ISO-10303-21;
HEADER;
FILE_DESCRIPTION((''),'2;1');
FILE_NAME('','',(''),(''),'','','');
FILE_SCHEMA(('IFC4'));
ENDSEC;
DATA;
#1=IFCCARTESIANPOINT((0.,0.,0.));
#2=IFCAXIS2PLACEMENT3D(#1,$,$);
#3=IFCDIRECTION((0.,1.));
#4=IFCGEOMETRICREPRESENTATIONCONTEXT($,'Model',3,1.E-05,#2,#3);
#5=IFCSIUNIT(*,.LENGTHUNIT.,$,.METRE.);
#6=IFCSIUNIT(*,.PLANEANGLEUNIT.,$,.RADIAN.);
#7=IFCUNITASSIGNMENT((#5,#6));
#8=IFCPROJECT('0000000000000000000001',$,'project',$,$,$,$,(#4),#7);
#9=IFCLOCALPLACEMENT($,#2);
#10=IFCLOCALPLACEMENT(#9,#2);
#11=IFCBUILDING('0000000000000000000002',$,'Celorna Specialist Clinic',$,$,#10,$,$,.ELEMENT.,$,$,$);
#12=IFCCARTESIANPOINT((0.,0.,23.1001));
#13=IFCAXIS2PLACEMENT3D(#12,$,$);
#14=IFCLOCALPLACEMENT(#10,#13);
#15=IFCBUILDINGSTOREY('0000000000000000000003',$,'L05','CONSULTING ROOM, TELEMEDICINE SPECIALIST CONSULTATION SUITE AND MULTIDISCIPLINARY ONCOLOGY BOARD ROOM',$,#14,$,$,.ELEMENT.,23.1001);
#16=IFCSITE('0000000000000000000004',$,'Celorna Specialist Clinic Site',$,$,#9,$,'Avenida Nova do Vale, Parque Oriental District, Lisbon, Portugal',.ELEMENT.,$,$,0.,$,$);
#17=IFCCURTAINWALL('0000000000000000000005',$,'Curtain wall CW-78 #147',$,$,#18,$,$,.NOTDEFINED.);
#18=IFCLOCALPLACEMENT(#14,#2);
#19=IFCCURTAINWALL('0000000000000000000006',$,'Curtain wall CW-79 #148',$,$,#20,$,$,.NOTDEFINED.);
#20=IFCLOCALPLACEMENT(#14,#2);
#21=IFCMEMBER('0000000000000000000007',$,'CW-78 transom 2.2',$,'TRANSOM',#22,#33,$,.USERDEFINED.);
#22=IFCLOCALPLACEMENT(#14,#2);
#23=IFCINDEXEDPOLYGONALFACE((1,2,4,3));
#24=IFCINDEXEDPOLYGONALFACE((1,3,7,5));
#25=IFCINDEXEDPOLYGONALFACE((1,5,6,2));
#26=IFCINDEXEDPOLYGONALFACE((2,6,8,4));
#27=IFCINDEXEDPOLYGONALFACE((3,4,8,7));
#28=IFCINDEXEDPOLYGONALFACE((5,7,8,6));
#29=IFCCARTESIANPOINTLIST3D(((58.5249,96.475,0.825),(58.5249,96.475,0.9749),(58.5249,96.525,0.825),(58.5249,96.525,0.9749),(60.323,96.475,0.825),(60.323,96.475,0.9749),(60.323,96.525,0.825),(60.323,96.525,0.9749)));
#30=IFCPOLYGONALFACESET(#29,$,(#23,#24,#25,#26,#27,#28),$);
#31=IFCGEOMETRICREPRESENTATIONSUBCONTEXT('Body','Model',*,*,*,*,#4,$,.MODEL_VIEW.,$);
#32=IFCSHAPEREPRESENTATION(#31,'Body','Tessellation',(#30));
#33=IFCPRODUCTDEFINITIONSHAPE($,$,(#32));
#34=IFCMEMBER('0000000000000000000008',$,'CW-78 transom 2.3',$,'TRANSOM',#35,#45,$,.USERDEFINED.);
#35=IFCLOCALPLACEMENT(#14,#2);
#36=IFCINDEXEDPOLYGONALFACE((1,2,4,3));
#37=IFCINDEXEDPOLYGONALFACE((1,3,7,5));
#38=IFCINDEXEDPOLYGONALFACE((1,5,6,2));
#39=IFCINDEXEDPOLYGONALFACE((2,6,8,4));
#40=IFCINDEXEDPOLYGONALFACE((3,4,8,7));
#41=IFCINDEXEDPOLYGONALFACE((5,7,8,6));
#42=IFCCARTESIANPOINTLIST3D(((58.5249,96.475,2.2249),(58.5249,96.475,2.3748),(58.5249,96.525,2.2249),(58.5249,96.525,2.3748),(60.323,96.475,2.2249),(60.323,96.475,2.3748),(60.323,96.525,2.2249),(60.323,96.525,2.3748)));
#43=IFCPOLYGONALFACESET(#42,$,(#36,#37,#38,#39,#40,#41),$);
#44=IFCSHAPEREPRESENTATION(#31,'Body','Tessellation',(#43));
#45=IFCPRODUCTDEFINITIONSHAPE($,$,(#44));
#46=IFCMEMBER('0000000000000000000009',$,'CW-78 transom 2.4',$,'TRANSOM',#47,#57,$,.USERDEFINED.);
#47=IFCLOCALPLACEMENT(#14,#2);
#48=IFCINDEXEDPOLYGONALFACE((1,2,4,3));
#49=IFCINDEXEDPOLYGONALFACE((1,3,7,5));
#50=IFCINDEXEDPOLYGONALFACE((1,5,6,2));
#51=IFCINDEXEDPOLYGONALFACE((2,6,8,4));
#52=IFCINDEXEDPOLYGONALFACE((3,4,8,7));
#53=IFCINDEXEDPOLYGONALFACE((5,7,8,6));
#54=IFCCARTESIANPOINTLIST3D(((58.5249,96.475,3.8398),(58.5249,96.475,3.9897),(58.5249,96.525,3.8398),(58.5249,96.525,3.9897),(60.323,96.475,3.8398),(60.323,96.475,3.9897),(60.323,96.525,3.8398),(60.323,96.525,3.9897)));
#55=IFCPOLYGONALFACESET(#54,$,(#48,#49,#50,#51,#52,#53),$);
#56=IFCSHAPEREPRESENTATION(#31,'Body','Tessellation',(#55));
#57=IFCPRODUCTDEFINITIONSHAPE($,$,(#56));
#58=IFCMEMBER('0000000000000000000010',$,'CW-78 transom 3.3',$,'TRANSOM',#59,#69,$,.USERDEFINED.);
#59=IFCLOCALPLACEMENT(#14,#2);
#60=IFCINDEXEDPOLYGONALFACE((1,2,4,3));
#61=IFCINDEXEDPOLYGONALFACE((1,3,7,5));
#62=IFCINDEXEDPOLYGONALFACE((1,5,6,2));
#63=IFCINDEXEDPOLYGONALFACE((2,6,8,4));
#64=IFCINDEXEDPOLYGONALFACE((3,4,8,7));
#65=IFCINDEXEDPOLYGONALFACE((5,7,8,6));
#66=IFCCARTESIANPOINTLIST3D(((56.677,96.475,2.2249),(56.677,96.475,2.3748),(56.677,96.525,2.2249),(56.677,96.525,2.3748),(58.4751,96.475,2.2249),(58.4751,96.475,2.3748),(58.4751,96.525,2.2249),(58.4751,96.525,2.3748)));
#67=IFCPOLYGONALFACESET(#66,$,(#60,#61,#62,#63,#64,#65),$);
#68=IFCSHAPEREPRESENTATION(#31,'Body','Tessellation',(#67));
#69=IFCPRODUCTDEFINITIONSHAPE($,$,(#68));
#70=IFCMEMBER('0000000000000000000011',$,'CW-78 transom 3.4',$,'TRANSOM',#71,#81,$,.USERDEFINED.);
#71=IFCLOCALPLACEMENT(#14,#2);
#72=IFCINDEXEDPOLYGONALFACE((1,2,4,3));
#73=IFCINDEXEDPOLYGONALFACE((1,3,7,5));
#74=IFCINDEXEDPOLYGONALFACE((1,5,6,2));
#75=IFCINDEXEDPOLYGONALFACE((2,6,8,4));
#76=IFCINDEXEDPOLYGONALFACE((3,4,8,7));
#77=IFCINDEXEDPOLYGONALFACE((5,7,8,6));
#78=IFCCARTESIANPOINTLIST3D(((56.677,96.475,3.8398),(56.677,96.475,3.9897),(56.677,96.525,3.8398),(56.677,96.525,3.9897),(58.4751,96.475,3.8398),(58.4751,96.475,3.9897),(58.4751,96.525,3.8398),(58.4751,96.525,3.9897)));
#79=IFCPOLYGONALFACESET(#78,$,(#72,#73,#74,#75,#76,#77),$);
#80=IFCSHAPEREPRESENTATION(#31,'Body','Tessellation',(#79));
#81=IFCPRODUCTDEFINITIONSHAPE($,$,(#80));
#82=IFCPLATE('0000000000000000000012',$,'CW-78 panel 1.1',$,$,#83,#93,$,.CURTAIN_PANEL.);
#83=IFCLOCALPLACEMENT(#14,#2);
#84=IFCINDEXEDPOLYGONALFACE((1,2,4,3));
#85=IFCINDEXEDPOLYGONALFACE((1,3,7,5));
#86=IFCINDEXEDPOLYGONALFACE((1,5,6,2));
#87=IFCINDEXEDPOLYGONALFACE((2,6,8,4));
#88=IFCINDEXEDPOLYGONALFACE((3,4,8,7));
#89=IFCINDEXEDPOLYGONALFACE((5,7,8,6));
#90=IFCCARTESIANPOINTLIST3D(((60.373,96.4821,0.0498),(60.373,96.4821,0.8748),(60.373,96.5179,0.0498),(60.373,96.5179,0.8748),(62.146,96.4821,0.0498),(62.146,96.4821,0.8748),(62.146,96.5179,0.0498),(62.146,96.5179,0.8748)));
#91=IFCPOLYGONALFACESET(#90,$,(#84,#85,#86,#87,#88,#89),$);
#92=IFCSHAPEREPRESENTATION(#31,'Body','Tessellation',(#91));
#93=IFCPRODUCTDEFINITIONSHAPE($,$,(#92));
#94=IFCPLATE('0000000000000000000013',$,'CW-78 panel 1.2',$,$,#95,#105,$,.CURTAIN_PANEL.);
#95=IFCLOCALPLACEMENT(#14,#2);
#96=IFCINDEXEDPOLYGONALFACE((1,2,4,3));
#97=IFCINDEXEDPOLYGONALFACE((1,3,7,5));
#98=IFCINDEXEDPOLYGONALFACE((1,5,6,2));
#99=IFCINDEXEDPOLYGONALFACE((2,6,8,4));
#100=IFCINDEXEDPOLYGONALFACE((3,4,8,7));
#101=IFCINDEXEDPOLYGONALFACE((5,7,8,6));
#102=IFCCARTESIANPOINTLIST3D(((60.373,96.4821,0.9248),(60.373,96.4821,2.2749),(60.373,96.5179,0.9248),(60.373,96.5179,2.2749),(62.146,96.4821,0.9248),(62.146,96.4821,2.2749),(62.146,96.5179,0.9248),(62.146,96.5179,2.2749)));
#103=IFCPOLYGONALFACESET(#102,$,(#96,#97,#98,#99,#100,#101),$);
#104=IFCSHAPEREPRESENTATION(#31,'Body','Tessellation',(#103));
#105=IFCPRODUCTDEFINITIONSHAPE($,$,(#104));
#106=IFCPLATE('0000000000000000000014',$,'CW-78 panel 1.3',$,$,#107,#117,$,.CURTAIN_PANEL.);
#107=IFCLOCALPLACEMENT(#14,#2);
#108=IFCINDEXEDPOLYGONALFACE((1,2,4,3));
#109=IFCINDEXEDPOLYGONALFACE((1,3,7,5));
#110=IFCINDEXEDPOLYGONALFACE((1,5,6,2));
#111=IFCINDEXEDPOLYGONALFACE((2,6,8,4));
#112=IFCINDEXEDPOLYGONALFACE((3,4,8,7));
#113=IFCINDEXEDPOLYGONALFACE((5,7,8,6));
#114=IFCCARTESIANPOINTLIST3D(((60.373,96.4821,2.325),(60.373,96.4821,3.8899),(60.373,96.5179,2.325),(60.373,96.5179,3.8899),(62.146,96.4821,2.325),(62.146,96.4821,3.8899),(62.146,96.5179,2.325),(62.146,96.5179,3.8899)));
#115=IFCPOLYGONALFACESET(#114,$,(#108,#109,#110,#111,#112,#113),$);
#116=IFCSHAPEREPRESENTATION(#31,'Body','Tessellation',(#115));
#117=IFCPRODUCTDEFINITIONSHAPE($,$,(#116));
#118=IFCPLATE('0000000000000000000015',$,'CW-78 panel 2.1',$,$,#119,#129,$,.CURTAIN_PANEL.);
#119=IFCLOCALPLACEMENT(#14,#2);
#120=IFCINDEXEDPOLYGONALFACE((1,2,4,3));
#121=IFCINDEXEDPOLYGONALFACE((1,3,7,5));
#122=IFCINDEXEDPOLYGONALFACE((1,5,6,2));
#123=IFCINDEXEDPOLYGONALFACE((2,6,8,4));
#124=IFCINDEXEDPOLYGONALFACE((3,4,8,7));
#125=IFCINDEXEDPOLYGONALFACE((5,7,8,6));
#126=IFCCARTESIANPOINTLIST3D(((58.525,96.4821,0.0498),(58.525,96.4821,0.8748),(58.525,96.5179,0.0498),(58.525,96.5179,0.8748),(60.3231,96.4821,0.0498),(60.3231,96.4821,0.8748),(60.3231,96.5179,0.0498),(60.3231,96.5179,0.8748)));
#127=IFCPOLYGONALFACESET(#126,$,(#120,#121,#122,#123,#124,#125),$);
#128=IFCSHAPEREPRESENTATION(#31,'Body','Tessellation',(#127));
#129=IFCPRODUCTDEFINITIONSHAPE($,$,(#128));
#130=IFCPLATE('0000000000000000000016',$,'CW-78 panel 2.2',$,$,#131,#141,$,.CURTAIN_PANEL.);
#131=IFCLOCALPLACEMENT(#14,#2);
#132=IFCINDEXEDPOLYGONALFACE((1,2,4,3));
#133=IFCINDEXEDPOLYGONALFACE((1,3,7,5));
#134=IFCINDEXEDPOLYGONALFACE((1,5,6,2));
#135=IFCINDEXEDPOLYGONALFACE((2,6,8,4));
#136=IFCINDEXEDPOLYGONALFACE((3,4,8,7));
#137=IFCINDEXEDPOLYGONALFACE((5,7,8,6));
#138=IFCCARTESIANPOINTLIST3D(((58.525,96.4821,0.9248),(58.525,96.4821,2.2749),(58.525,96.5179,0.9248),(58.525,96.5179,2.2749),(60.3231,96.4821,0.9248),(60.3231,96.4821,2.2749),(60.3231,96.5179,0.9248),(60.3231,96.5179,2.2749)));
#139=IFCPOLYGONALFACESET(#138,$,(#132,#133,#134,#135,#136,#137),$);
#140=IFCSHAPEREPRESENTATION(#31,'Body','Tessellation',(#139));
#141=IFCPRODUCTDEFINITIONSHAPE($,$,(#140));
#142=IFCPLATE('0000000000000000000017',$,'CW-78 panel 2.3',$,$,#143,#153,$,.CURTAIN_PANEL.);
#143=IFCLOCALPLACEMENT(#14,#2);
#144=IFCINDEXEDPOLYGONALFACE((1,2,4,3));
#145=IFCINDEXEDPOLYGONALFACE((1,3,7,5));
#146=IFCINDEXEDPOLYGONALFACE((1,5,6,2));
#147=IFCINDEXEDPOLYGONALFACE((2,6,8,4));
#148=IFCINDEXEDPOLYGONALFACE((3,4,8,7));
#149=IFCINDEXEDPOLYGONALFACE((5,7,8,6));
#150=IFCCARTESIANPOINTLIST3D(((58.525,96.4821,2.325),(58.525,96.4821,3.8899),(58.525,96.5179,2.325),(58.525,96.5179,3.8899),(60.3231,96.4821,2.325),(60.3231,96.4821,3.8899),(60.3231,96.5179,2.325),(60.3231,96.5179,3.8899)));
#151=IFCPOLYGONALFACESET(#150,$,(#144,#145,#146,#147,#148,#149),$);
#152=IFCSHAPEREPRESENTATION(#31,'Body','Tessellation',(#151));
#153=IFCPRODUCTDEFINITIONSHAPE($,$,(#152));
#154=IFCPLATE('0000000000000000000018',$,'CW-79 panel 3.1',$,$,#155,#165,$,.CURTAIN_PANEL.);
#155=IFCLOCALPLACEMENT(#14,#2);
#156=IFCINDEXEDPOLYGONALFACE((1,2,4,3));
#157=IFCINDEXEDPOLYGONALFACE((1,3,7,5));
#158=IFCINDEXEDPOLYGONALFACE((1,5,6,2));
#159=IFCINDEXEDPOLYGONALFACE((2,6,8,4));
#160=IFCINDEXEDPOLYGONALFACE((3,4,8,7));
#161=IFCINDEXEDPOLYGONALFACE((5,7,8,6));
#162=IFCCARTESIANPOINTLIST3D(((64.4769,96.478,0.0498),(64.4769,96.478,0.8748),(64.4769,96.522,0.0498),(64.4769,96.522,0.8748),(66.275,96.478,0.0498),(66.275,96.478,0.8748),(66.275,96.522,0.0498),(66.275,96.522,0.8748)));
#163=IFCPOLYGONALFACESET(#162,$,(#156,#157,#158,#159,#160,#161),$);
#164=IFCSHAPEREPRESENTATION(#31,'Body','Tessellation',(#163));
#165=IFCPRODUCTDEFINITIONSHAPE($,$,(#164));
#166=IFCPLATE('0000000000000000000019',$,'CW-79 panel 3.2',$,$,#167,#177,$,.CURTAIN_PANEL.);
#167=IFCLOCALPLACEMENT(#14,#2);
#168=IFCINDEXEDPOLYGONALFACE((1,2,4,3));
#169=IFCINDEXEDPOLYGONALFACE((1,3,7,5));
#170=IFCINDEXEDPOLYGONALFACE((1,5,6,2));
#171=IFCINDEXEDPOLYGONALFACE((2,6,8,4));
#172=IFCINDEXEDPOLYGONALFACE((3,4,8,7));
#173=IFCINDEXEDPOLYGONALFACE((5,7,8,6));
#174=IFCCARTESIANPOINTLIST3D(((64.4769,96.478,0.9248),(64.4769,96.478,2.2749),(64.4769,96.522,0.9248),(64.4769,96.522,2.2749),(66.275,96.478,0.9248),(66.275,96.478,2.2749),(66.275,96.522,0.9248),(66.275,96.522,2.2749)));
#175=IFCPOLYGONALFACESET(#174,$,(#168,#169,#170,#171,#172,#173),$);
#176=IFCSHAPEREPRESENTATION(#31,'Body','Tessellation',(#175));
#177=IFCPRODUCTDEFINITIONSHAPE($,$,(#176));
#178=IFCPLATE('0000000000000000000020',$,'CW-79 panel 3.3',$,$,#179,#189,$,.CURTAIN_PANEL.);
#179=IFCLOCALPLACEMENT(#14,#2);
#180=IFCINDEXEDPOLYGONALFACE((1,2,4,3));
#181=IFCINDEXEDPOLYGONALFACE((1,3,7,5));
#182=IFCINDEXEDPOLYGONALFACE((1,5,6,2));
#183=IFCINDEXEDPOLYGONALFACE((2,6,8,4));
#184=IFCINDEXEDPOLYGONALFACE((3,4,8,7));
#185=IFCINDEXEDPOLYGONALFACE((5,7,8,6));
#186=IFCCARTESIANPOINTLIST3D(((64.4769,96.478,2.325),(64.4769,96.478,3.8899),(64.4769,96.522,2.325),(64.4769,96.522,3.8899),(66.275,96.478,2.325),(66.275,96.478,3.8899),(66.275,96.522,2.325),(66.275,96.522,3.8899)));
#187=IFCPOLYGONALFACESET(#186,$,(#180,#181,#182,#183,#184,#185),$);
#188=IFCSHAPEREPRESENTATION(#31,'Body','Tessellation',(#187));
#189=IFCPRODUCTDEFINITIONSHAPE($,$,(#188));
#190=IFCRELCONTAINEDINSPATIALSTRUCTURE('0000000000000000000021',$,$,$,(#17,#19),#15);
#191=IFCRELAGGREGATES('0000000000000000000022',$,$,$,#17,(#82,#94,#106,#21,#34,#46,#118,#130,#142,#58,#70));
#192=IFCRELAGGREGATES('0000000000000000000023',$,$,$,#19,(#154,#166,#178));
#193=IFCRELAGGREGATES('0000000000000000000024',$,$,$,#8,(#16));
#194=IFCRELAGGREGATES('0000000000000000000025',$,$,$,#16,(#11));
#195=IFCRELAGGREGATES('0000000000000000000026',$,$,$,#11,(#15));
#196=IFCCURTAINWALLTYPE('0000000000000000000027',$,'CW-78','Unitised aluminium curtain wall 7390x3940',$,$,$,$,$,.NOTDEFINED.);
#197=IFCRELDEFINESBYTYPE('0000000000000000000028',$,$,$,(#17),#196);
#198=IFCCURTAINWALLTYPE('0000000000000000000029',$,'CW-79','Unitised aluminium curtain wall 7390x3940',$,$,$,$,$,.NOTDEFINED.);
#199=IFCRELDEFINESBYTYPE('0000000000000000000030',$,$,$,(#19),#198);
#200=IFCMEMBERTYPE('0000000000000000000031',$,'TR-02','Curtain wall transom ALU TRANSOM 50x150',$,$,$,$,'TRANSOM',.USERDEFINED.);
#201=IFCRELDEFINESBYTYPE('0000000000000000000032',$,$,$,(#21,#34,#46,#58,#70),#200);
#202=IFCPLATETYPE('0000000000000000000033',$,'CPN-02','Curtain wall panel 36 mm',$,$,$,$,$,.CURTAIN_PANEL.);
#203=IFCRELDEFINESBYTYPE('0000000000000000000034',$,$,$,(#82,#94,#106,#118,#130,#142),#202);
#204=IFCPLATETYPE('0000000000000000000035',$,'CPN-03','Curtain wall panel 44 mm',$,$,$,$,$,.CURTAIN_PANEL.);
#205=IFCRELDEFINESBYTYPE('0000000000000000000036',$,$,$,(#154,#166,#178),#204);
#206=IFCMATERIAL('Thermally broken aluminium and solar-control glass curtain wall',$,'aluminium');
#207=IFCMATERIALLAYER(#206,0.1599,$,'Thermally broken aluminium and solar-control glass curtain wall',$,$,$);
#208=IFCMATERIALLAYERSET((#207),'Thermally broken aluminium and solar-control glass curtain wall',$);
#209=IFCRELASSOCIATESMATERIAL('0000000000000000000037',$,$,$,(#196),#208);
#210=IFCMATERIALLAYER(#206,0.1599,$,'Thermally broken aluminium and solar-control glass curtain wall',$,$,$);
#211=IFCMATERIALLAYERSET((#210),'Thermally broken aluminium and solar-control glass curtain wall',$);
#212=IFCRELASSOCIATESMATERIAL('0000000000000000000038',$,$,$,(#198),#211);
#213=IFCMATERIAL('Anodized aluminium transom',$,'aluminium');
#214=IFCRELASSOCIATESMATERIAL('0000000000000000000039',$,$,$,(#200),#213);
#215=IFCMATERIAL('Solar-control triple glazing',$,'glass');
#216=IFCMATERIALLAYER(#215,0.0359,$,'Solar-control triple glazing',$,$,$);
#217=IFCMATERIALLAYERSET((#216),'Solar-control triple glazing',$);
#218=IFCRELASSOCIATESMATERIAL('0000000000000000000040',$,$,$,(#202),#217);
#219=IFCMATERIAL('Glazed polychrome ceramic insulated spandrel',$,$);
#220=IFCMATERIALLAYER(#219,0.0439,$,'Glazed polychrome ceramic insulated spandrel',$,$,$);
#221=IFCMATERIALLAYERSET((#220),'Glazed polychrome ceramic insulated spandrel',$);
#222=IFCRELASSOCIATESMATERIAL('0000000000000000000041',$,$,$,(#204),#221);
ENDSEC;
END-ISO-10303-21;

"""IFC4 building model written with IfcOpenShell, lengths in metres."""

from ifc_helpers import new_model, si_unit, direction, frame, origin, origin_2d, place, context, subcontext, project, spatial, rectangle, extrude, material, layer, layer_set, material_profile, profile_set, type_object, element, aggregate, save


model = new_model("IFC4")

# Units and contexts
model_context = context("Model", 3, precision=1e-05, world=origin(), true_north=direction((0.0, 1.0)))
body_context = subcontext(model_context, "Body", "Model", "MODEL_VIEW")
ifc_project = project(units=[si_unit("LENGTHUNIT", "METRE"), si_unit("PLANEANGLEUNIT", "RADIAN")], contexts=[model_context])

# Site, building, storey
site_placement = place(None, origin())
site = spatial("IfcSite", under=ifc_project, at=site_placement, Name="Celorna Specialist Clinic Site", LongName="Avenida Nova do Vale, Parque Oriental District, Lisbon, Portugal", CompositionType="ELEMENT", RefElevation=0.0)
building_placement = place(site_placement, origin())
building = spatial("IfcBuilding", under=site, at=building_placement, Name="Celorna Specialist Clinic", CompositionType="ELEMENT")
storey_placement = place(building_placement, frame((0.0, 0.0, 23.1001)))
storey = spatial("IfcBuildingStorey", under=building, at=storey_placement, Name="L05", Description="CONSULTING ROOM, TELEMEDICINE SPECIALIST CONSULTATION SUITE AND MULTIDISCIPLINARY ONCOLOGY BOARD ROOM", CompositionType="ELEMENT", Elevation=23.1001)

# Curtain walls
ifc_material_1 = material(Name="Thermally broken aluminium and solar-control glass curtain wall", Category="aluminium")
ifc_layer_1 = layer(ifc_material_1, 0.1599, Name="Thermally broken aluminium and solar-control glass curtain wall")
ifc_layer_set_1 = layer_set([ifc_layer_1], Name="Thermally broken aluminium and solar-control glass curtain wall")
curtain_wall_type_1 = type_object("IfcCurtainWallType", Name="CW-78", Description="Unitised aluminium curtain wall 7390x3940", PredefinedType="NOTDEFINED", material=ifc_layer_set_1)
curtain_wall_1_placement = place(storey_placement, origin())
curtain_wall_1 = element("IfcCurtainWall", 1, at=curtain_wall_1_placement, inside=storey, type_object=curtain_wall_type_1, Name="Curtain wall CW-78 #147", PredefinedType="NOTDEFINED")
ifc_layer_2 = layer(ifc_material_1, 0.1599, Name="Thermally broken aluminium and solar-control glass curtain wall")
ifc_layer_set_2 = layer_set([ifc_layer_2], Name="Thermally broken aluminium and solar-control glass curtain wall")
curtain_wall_type_2 = type_object("IfcCurtainWallType", Name="CW-79", Description="Unitised aluminium curtain wall 7390x3940", PredefinedType="NOTDEFINED", material=ifc_layer_set_2)
curtain_wall_2_placement = place(storey_placement, origin())
curtain_wall_2 = element("IfcCurtainWall", 2, at=curtain_wall_2_placement, inside=storey, type_object=curtain_wall_type_2, Name="Curtain wall CW-79 #148", PredefinedType="NOTDEFINED")
ifc_material_2 = material(Name="Anodized aluminium transom", Category="aluminium")

# Members
ifc_material_profile_1 = material_profile(ifc_material_2, rectangle(XDim=0.05, YDim=0.1499, at=origin_2d()), Name="ALU TRANSOM 50x150")
ifc_profile_set_1 = profile_set([ifc_material_profile_1], Name="Anodized aluminium transom")
member_type_1 = type_object("IfcMemberType", Name="TR-02", Description="Curtain wall transom ALU TRANSOM 50x150", ElementType="TRANSOM", PredefinedType="USERDEFINED", material=ifc_profile_set_1)
member_1_placement = place(storey_placement, frame((60.323, 96.5, 0.8999), z_axis=(-1.0, 0.0, 0.0), x_axis=(0.0, -1.0, 0.0)))
member_1 = element("IfcMember", 3, at=member_1_placement, type_object=member_type_1, Name="CW-78 transom 2.2", ObjectType="TRANSOM", PredefinedType="USERDEFINED", context=body_context, shape_type="SweptSolid", body=[
    extrude(rectangle(XDim=0.05, YDim=0.1499, at=origin_2d()), origin(), (0.0, 0.0, 1.0), 1.7981),
])
member_2_placement = place(storey_placement, frame((60.323, 96.5, 2.2998), z_axis=(-1.0, 0.0, 0.0), x_axis=(0.0, -1.0, 0.0)))
member_2 = element("IfcMember", 4, at=member_2_placement, type_object=member_type_1, Name="CW-78 transom 2.3", ObjectType="TRANSOM", PredefinedType="USERDEFINED", context=body_context, shape_type="SweptSolid", body=[
    extrude(rectangle(XDim=0.05, YDim=0.1499, at=origin_2d()), origin(), (0.0, 0.0, 1.0), 1.7981),
])
member_3_placement = place(storey_placement, frame((60.323, 96.5, 3.9148), z_axis=(-1.0, 0.0, 0.0), x_axis=(0.0, -1.0, 0.0)))
member_3 = element("IfcMember", 5, at=member_3_placement, type_object=member_type_1, Name="CW-78 transom 2.4", ObjectType="TRANSOM", PredefinedType="USERDEFINED", context=body_context, shape_type="SweptSolid", body=[
    extrude(rectangle(XDim=0.05, YDim=0.1499, at=origin_2d()), origin(), (0.0, 0.0, 1.0), 1.7981),
])
member_4_placement = place(storey_placement, frame((58.4751, 96.5, 2.2998), z_axis=(-1.0, 0.0, 0.0), x_axis=(0.0, -1.0, 0.0)))
member_4 = element("IfcMember", 6, at=member_4_placement, type_object=member_type_1, Name="CW-78 transom 3.3", ObjectType="TRANSOM", PredefinedType="USERDEFINED", context=body_context, shape_type="SweptSolid", body=[
    extrude(rectangle(XDim=0.05, YDim=0.1499, at=origin_2d()), origin(), (0.0, 0.0, 1.0), 1.7981),
])
member_5_placement = place(storey_placement, frame((58.4751, 96.5, 3.9148), z_axis=(-1.0, 0.0, 0.0), x_axis=(0.0, -1.0, 0.0)))
member_5 = element("IfcMember", 7, at=member_5_placement, type_object=member_type_1, Name="CW-78 transom 3.4", ObjectType="TRANSOM", PredefinedType="USERDEFINED", context=body_context, shape_type="SweptSolid", body=[
    extrude(rectangle(XDim=0.05, YDim=0.1499, at=origin_2d()), origin(), (0.0, 0.0, 1.0), 1.7981),
])

# Plates
ifc_material_3 = material(Name="Solar-control triple glazing", Category="glass")
ifc_layer_3 = layer(ifc_material_3, 0.0359, Name="Solar-control triple glazing")
ifc_layer_set_3 = layer_set([ifc_layer_3], Name="Solar-control triple glazing")
plate_type_1 = type_object("IfcPlateType", Name="CPN-02", Description="Curtain wall panel 36 mm", PredefinedType="CURTAIN_PANEL", material=ifc_layer_set_3)
plate_1_placement = place(storey_placement, frame((61.2595, 96.5, 0.0498), z_axis=(0.0, 0.0, 1.0), x_axis=(-1.0, 0.0, 0.0)))
plate_1 = element("IfcPlate", 8, at=plate_1_placement, type_object=plate_type_1, Name="CW-78 panel 1.1", PredefinedType="CURTAIN_PANEL", context=body_context, shape_type="SweptSolid", body=[
    extrude(rectangle(XDim=1.7729, YDim=0.0359, at=origin_2d()), origin(), (0.0, 0.0, 1.0), 0.825),
])
plate_2_placement = place(storey_placement, frame((61.2595, 96.5, 0.9248), z_axis=(0.0, 0.0, 1.0), x_axis=(-1.0, 0.0, 0.0)))
plate_2 = element("IfcPlate", 9, at=plate_2_placement, type_object=plate_type_1, Name="CW-78 panel 1.2", PredefinedType="CURTAIN_PANEL", context=body_context, shape_type="SweptSolid", body=[
    extrude(rectangle(XDim=1.7729, YDim=0.0359, at=origin_2d()), origin(), (0.0, 0.0, 1.0), 1.3501),
])
plate_3_placement = place(storey_placement, frame((61.2595, 96.5, 2.325), z_axis=(0.0, 0.0, 1.0), x_axis=(-1.0, 0.0, 0.0)))
plate_3 = element("IfcPlate", 10, at=plate_3_placement, type_object=plate_type_1, Name="CW-78 panel 1.3", PredefinedType="CURTAIN_PANEL", context=body_context, shape_type="SweptSolid", body=[
    extrude(rectangle(XDim=1.7729, YDim=0.0359, at=origin_2d()), origin(), (0.0, 0.0, 1.0), 1.5649),
])
plate_4_placement = place(storey_placement, frame((59.4241, 96.5, 0.0498), z_axis=(0.0, 0.0, 1.0), x_axis=(-1.0, 0.0, 0.0)))
plate_4 = element("IfcPlate", 11, at=plate_4_placement, type_object=plate_type_1, Name="CW-78 panel 2.1", PredefinedType="CURTAIN_PANEL", context=body_context, shape_type="SweptSolid", body=[
    extrude(rectangle(XDim=1.7981, YDim=0.0359, at=origin_2d()), origin(), (0.0, 0.0, 1.0), 0.825),
])
plate_5_placement = place(storey_placement, frame((59.4241, 96.5, 0.9248), z_axis=(0.0, 0.0, 1.0), x_axis=(-1.0, 0.0, 0.0)))
plate_5 = element("IfcPlate", 12, at=plate_5_placement, type_object=plate_type_1, Name="CW-78 panel 2.2", PredefinedType="CURTAIN_PANEL", context=body_context, shape_type="SweptSolid", body=[
    extrude(rectangle(XDim=1.7981, YDim=0.0359, at=origin_2d()), origin(), (0.0, 0.0, 1.0), 1.3501),
])
plate_6_placement = place(storey_placement, frame((59.4241, 96.5, 2.325), z_axis=(0.0, 0.0, 1.0), x_axis=(-1.0, 0.0, 0.0)))
plate_6 = element("IfcPlate", 13, at=plate_6_placement, type_object=plate_type_1, Name="CW-78 panel 2.3", PredefinedType="CURTAIN_PANEL", context=body_context, shape_type="SweptSolid", body=[
    extrude(rectangle(XDim=1.7981, YDim=0.0359, at=origin_2d()), origin(), (0.0, 0.0, 1.0), 1.5649),
])
aggregate(curtain_wall_1, [plate_1, plate_2, plate_3, member_1, member_2, member_3, plate_4, plate_5, plate_6, member_4, member_5])
ifc_material_4 = material(Name="Glazed polychrome ceramic insulated spandrel")
ifc_layer_4 = layer(ifc_material_4, 0.0439, Name="Glazed polychrome ceramic insulated spandrel")
ifc_layer_set_4 = layer_set([ifc_layer_4], Name="Glazed polychrome ceramic insulated spandrel")
plate_type_2 = type_object("IfcPlateType", Name="CPN-03", Description="Curtain wall panel 44 mm", PredefinedType="CURTAIN_PANEL", material=ifc_layer_set_4)
plate_7_placement = place(storey_placement, frame((65.376, 96.5, 0.0498), z_axis=(0.0, 0.0, 1.0), x_axis=(-1.0, 0.0, 0.0)))
plate_7 = element("IfcPlate", 14, at=plate_7_placement, type_object=plate_type_2, Name="CW-79 panel 3.1", PredefinedType="CURTAIN_PANEL", context=body_context, shape_type="SweptSolid", body=[
    extrude(rectangle(XDim=1.7981, YDim=0.0439, at=origin_2d()), origin(), (0.0, 0.0, 1.0), 0.825),
])
plate_8_placement = place(storey_placement, frame((65.376, 96.5, 0.9248), z_axis=(0.0, 0.0, 1.0), x_axis=(-1.0, 0.0, 0.0)))
plate_8 = element("IfcPlate", 15, at=plate_8_placement, type_object=plate_type_2, Name="CW-79 panel 3.2", PredefinedType="CURTAIN_PANEL", context=body_context, shape_type="SweptSolid", body=[
    extrude(rectangle(XDim=1.7981, YDim=0.0439, at=origin_2d()), origin(), (0.0, 0.0, 1.0), 1.3501),
])
plate_9_placement = place(storey_placement, frame((65.376, 96.5, 2.325), z_axis=(0.0, 0.0, 1.0), x_axis=(-1.0, 0.0, 0.0)))
plate_9 = element("IfcPlate", 16, at=plate_9_placement, type_object=plate_type_2, Name="CW-79 panel 3.3", PredefinedType="CURTAIN_PANEL", context=body_context, shape_type="SweptSolid", body=[
    extrude(rectangle(XDim=1.7981, YDim=0.0439, at=origin_2d()), origin(), (0.0, 0.0, 1.0), 1.5649),
])
aggregate(curtain_wall_2, [plate_7, plate_8, plate_9])

save(model, "model.ifc")
